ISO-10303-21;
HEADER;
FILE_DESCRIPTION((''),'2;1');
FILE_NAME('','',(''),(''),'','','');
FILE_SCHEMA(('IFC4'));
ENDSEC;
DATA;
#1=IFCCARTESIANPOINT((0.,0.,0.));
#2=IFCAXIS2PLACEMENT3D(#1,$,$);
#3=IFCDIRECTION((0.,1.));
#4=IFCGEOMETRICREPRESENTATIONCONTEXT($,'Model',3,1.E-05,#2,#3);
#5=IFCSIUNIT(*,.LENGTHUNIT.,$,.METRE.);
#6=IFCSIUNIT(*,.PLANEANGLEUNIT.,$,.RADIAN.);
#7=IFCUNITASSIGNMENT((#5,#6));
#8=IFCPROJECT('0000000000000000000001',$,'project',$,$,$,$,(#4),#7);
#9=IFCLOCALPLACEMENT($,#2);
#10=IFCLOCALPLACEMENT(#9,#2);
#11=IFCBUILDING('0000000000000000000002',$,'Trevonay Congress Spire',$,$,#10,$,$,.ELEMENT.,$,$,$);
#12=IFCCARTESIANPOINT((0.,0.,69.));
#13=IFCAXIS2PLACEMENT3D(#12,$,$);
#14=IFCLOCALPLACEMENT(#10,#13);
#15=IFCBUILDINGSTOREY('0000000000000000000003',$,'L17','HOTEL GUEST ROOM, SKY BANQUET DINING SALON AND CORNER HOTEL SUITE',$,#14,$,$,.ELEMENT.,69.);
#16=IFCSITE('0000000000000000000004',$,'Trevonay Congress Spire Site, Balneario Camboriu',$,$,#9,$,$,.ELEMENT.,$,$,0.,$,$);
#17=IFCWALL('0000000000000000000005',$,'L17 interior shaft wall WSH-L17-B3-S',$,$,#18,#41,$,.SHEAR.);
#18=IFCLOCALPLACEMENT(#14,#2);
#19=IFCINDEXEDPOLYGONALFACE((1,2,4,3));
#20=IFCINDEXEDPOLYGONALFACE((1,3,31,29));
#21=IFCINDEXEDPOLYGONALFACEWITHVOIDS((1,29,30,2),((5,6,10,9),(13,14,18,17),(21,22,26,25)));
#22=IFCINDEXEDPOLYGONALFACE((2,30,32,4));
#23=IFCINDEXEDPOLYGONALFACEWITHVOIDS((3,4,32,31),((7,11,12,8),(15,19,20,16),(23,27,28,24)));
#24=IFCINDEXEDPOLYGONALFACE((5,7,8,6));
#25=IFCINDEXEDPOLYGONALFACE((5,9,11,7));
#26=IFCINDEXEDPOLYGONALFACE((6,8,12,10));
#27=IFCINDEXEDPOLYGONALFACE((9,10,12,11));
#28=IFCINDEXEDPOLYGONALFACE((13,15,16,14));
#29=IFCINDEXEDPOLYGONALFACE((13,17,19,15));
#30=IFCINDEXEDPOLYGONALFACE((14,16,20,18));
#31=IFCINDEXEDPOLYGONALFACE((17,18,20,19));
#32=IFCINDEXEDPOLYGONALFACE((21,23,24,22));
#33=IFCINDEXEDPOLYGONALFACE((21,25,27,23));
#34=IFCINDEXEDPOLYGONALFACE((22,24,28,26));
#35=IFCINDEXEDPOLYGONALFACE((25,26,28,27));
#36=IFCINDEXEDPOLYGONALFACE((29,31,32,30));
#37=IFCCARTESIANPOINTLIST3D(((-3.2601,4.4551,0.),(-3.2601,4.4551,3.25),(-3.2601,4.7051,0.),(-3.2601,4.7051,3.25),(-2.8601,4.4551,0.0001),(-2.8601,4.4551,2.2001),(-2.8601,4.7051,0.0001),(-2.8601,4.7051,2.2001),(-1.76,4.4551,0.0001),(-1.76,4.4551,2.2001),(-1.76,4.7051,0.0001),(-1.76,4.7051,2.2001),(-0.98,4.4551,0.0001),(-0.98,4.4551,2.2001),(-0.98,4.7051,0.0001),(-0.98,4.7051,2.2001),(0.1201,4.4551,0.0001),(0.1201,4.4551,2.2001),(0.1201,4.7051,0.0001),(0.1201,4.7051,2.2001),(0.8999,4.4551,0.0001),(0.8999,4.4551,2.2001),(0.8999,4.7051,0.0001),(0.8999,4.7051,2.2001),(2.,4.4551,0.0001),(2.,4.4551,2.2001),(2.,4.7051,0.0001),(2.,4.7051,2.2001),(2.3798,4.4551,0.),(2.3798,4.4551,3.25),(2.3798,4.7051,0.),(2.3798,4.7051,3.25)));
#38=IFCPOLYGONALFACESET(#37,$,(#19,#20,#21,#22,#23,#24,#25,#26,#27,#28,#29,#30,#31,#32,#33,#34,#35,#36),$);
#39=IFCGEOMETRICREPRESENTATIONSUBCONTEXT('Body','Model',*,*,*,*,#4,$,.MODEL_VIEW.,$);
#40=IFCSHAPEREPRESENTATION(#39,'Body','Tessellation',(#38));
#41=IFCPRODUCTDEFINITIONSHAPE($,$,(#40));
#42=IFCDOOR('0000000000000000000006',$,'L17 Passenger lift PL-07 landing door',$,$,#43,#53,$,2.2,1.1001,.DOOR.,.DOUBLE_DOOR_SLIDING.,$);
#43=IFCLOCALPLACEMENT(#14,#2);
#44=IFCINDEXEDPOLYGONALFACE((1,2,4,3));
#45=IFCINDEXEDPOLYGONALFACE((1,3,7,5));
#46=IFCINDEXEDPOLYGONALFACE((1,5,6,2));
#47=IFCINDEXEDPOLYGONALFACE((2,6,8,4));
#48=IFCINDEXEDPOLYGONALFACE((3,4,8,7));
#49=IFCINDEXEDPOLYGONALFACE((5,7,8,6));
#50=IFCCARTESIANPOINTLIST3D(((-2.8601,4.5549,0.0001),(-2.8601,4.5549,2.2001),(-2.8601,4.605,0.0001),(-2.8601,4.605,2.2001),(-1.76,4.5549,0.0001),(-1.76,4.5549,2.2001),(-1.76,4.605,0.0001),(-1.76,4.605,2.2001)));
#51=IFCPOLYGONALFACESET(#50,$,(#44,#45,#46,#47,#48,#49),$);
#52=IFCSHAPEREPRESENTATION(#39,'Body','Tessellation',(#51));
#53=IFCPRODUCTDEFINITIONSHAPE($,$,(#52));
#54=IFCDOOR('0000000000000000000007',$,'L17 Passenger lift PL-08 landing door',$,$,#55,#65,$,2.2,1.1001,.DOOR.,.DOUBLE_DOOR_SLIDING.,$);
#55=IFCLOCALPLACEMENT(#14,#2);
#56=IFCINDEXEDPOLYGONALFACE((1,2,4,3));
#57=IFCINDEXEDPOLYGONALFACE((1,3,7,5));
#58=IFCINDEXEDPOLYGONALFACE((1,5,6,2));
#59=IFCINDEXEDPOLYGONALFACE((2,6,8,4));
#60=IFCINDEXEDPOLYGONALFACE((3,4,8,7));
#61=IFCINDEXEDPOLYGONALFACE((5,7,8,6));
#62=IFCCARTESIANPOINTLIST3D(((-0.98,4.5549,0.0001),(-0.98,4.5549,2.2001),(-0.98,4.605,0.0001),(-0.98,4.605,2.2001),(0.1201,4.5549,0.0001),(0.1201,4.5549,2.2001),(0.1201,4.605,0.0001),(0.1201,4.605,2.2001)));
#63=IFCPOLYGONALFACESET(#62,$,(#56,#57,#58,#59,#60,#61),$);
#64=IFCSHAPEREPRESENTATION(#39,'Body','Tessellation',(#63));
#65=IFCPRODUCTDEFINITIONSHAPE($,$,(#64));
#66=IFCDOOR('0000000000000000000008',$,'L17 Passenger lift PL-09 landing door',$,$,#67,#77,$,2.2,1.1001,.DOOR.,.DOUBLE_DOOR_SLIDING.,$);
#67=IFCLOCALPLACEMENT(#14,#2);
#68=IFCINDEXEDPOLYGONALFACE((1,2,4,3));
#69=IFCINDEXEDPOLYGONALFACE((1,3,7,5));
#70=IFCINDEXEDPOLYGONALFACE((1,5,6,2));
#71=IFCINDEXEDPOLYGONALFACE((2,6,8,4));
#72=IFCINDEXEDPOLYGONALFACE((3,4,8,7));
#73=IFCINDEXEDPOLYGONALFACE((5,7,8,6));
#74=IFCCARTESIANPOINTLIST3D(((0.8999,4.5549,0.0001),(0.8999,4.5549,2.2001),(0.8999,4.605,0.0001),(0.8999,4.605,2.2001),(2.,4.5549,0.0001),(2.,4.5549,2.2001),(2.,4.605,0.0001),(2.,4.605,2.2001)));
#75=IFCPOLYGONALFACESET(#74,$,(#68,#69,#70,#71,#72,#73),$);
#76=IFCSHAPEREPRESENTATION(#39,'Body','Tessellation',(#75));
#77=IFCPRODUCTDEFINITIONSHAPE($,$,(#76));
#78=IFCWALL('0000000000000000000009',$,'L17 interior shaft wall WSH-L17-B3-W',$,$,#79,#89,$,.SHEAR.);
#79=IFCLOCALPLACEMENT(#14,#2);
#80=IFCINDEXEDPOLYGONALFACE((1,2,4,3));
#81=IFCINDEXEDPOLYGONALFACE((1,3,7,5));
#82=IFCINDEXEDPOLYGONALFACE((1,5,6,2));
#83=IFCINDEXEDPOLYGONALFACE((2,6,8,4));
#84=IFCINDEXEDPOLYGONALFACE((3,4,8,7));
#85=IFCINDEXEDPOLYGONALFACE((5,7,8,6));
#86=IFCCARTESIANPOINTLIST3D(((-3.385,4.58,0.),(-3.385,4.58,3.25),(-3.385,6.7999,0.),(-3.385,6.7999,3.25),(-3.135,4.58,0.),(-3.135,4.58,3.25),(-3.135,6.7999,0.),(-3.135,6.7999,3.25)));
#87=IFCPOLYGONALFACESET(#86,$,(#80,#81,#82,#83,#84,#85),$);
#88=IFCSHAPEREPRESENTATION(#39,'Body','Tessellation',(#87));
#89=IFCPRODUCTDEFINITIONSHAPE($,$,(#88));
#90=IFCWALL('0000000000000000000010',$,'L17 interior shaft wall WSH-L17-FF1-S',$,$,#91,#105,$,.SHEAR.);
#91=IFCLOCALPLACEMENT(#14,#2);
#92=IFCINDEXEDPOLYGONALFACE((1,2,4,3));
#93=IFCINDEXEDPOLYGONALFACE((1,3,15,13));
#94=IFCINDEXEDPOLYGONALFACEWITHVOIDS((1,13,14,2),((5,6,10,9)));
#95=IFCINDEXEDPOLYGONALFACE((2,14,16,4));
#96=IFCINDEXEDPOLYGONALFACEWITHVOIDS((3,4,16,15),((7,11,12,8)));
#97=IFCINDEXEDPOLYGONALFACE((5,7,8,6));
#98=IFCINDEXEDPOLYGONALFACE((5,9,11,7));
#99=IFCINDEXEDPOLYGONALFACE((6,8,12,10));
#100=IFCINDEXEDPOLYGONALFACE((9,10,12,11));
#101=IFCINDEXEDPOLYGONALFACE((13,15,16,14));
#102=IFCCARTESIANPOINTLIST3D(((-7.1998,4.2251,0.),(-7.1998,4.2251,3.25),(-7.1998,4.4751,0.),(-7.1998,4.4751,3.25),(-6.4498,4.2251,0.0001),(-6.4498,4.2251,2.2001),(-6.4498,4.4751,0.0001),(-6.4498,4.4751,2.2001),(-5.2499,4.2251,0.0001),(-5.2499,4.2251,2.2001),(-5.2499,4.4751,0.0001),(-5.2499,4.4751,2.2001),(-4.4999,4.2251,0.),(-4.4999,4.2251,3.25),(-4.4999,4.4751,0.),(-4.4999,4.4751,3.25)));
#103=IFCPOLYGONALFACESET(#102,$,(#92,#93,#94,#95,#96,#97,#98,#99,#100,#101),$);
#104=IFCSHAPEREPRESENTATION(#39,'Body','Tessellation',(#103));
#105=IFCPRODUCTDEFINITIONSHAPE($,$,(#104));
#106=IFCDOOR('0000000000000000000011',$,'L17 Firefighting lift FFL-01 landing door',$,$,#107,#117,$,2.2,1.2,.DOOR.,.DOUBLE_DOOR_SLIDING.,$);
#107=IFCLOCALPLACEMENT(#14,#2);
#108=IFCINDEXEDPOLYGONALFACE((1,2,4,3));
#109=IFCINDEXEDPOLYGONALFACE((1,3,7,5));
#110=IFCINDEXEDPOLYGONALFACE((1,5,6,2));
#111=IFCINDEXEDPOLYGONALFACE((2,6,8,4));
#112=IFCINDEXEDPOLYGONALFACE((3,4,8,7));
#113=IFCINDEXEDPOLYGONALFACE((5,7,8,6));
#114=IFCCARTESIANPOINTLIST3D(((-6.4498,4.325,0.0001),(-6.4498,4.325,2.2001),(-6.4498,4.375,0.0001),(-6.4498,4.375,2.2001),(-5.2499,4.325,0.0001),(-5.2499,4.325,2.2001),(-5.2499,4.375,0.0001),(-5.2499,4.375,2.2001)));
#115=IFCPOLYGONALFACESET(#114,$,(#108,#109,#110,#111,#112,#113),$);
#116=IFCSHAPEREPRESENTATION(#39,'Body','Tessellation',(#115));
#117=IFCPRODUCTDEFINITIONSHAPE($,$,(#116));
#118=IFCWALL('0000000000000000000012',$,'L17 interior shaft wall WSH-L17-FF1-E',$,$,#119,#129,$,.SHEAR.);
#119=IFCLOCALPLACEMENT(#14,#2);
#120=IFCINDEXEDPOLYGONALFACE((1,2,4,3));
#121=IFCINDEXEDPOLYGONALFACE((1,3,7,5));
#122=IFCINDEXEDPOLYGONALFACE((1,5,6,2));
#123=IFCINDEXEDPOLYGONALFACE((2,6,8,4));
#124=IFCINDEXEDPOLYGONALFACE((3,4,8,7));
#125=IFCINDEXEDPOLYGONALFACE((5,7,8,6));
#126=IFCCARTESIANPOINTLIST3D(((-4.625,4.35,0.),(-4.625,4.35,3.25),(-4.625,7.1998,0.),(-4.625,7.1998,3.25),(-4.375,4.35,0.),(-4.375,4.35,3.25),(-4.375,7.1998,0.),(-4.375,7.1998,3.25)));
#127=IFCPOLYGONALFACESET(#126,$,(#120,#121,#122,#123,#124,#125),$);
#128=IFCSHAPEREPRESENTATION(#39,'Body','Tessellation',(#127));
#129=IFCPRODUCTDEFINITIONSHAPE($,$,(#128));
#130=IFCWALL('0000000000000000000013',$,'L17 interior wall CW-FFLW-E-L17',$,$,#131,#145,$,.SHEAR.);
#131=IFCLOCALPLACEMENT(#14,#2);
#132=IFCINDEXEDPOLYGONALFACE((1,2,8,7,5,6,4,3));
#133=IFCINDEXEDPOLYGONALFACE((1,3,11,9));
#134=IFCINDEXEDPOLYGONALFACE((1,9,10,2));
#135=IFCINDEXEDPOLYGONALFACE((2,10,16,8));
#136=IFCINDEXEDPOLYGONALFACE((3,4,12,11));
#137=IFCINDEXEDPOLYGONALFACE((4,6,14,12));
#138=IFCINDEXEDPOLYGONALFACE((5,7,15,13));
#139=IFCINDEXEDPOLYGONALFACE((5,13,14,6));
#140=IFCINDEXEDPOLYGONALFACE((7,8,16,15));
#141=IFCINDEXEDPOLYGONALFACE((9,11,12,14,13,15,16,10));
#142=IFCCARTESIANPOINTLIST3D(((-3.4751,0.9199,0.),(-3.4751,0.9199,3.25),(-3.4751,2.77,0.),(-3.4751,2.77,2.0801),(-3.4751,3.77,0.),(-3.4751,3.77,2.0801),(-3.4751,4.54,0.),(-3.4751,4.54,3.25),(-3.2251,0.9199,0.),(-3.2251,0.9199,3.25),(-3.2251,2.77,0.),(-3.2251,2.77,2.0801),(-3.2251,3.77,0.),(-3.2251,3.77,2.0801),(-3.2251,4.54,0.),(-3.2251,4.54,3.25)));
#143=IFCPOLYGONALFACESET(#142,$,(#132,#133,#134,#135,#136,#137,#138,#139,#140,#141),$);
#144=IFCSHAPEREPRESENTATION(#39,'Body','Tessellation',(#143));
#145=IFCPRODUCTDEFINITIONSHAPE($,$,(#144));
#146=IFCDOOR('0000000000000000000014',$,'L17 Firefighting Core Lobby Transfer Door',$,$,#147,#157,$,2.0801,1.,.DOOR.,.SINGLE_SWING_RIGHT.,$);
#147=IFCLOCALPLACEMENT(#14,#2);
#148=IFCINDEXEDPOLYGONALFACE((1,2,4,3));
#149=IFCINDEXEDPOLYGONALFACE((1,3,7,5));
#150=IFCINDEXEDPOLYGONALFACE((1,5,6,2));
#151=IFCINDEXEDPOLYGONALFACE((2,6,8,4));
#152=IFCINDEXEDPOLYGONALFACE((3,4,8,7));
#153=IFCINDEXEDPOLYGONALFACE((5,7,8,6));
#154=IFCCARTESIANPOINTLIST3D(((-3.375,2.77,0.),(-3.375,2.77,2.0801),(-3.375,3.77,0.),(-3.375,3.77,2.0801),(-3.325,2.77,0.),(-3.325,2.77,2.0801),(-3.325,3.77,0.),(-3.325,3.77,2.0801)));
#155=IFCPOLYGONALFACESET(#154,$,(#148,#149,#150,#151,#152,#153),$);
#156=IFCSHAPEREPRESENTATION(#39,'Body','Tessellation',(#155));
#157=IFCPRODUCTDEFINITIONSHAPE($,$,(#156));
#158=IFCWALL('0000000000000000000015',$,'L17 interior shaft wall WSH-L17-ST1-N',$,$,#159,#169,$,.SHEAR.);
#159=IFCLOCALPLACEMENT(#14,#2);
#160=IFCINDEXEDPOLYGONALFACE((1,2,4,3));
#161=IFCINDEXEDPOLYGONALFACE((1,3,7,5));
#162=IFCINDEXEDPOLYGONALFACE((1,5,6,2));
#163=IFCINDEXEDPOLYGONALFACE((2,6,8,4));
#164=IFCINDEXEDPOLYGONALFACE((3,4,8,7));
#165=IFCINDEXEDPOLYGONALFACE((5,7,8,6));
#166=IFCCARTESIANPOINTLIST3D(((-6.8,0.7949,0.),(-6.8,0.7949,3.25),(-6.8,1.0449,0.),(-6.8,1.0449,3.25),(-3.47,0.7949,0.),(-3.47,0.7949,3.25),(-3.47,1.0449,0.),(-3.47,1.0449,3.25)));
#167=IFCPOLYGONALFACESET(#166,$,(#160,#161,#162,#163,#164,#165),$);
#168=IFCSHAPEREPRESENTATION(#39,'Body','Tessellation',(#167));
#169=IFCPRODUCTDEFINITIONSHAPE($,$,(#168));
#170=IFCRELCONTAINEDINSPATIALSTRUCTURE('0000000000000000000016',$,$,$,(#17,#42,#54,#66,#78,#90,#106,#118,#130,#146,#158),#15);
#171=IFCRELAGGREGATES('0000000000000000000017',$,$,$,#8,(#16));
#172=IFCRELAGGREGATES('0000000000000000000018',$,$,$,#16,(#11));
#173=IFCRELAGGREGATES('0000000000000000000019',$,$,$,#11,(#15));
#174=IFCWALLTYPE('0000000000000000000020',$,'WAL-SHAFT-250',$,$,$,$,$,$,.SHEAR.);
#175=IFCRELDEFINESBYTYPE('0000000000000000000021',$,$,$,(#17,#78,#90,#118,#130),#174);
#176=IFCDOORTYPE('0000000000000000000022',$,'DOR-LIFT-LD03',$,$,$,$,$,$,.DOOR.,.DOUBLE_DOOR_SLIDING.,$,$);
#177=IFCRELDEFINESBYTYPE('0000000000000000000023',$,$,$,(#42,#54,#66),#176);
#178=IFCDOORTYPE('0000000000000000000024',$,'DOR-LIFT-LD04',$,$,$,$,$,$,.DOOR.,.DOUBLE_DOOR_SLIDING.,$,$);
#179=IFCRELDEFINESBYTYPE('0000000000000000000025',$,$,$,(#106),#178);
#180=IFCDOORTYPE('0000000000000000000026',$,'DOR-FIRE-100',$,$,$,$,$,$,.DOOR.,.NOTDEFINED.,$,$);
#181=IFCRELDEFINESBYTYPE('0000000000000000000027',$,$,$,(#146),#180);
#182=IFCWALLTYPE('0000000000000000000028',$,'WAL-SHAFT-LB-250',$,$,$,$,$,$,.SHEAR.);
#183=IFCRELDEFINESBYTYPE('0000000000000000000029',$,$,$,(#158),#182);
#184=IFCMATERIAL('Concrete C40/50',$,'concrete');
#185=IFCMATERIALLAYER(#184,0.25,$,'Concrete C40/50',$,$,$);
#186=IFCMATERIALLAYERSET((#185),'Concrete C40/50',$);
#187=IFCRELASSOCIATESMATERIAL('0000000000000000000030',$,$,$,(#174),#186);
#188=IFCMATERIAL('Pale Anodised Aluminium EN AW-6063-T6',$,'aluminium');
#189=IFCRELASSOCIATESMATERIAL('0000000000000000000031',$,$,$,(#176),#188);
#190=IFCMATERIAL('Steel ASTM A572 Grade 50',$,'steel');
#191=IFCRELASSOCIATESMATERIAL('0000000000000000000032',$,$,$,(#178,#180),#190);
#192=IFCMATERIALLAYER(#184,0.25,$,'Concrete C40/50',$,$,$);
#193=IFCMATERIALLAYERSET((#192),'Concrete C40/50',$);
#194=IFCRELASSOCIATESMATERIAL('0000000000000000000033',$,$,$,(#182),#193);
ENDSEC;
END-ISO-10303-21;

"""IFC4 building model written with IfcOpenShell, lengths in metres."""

from ifc_helpers import new_model, si_unit, direction, frame, frame_2d, origin, place, context, subcontext, project, spatial, rectangle, extrude, material, layer, layer_set, type_object, element, fill, save


model = new_model("IFC4")

# Units and contexts
model_context = context("Model", 3, precision=1e-05, world=origin(), true_north=direction((0.0, 1.0)))
body_context = subcontext(model_context, "Body", "Model", "MODEL_VIEW")
ifc_project = project(units=[si_unit("LENGTHUNIT", "METRE"), si_unit("PLANEANGLEUNIT", "RADIAN")], contexts=[model_context])

# Site, building, storey
site_placement = place(None, origin())
site = spatial("IfcSite", under=ifc_project, at=site_placement, Name="Trevonay Congress Spire Site, Balneario Camboriu", CompositionType="ELEMENT", RefElevation=0.0)
building_placement = place(site_placement, origin())
building = spatial("IfcBuilding", under=site, at=building_placement, Name="Trevonay Congress Spire", CompositionType="ELEMENT")
storey_placement = place(building_placement, frame((0.0, 0.0, 69.0)))
storey = spatial("IfcBuildingStorey", under=building, at=storey_placement, Name="L17", Description="HOTEL GUEST ROOM, SKY BANQUET DINING SALON AND CORNER HOTEL SUITE", CompositionType="ELEMENT", Elevation=69.0)

# Shared definitions
ifc_material_1 = material(Name="Steel ASTM A572 Grade 50", Category="steel")

# Shared definitions
ifc_material_2 = material(Name="Concrete C40/50", Category="concrete")

# Wall, openings, doors
ifc_layer_1 = layer(ifc_material_2, 0.25, Name="Concrete C40/50")
ifc_layer_set_1 = layer_set([ifc_layer_1], Name="Concrete C40/50")
wall_type_1 = type_object("IfcWallType", Name="WAL-SHAFT-250", PredefinedType="SHEAR", material=ifc_layer_set_1)
ifc_material_3 = material(Name="Pale Anodised Aluminium EN AW-6063-T6", Category="aluminium")
wall_1_placement = place(storey_placement, frame((-3.26, 4.5801, 0.0), z_axis=(0.0, 0.0, 1.0), x_axis=(1.0, 0.0, 0.0)))
wall_1 = element("IfcWall", 1, at=wall_1_placement, inside=storey, type_object=wall_type_1, Name="L17 interior shaft wall WSH-L17-B3-S", PredefinedType="SHEAR", context=body_context, shape_type="SweptSolid", body=[
    extrude(rectangle(XDim=5.6399, YDim=0.25, at=frame_2d((2.8198, 0.0))), origin(), (0.0, 0.0, 1.0), 3.25),
])
opening_1_placement = place(wall_1_placement, frame((0.3999, 0.0, 0.0)))
opening_1 = element("IfcOpeningElement", 2, at=opening_1_placement, cuts=wall_1, PredefinedType="OPENING", context=body_context, shape_type="SweptSolid", body=[
    extrude(rectangle(XDim=1.1001, YDim=2.2, at=frame_2d((0.55, 1.1001))), frame((0.0, 0.135, 0.0), z_axis=(0.0, -1.0, 0.0), x_axis=(1.0, 0.0, 0.0)), (0.0, 0.0, 1.0), 0.27),
])
opening_2_placement = place(wall_1_placement, frame((2.28, 0.0, 0.0)))
opening_2 = element("IfcOpeningElement", 3, at=opening_2_placement, cuts=wall_1, PredefinedType="OPENING", context=body_context, shape_type="SweptSolid", body=[
    extrude(rectangle(XDim=1.1001, YDim=2.2, at=frame_2d((0.55, 1.1001))), frame((0.0, 0.135, 0.0), z_axis=(0.0, -1.0, 0.0), x_axis=(1.0, 0.0, 0.0)), (0.0, 0.0, 1.0), 0.27),
])
opening_3_placement = place(wall_1_placement, frame((4.1599, 0.0, 0.0)))
opening_3 = element("IfcOpeningElement", 4, at=opening_3_placement, cuts=wall_1, PredefinedType="OPENING", context=body_context, shape_type="SweptSolid", body=[
    extrude(rectangle(XDim=1.1001, YDim=2.2, at=frame_2d((0.55, 1.1001))), frame((0.0, 0.135, 0.0), z_axis=(0.0, -1.0, 0.0), x_axis=(1.0, 0.0, 0.0)), (0.0, 0.0, 1.0), 0.27),
])
door_type_1 = type_object("IfcDoorType", Name="DOR-LIFT-LD03", OperationType="DOUBLE_DOOR_SLIDING", PredefinedType="DOOR", material=ifc_material_3)
door_1_placement = place(opening_1_placement, origin())
door_1 = element("IfcDoor", 5, at=door_1_placement, inside=storey, type_object=door_type_1, Name="L17 Passenger lift PL-07 landing door", OperationType="DOUBLE_DOOR_SLIDING", OverallHeight=2.2, OverallWidth=1.1001, PredefinedType="DOOR", context=body_context, shape_type="SweptSolid", body=[
    extrude(rectangle(XDim=1.1001, YDim=2.2, at=frame_2d((0.55, 1.1001))), frame((0.0, 0.0249, 0.0), z_axis=(0.0, -1.0, 0.0), x_axis=(1.0, 0.0, 0.0)), (0.0, 0.0, 1.0), 0.05),
])
fill(opening_1, door_1)
door_2_placement = place(opening_2_placement, origin())
door_2 = element("IfcDoor", 6, at=door_2_placement, inside=storey, type_object=door_type_1, Name="L17 Passenger lift PL-08 landing door", OperationType="DOUBLE_DOOR_SLIDING", OverallHeight=2.2, OverallWidth=1.1001, PredefinedType="DOOR", context=body_context, shape_type="SweptSolid", body=[
    extrude(rectangle(XDim=1.1001, YDim=2.2, at=frame_2d((0.55, 1.1001))), frame((0.0, 0.0249, 0.0), z_axis=(0.0, -1.0, 0.0), x_axis=(1.0, 0.0, 0.0)), (0.0, 0.0, 1.0), 0.05),
])
fill(opening_2, door_2)
door_3_placement = place(opening_3_placement, origin())
door_3 = element("IfcDoor", 7, at=door_3_placement, inside=storey, type_object=door_type_1, Name="L17 Passenger lift PL-09 landing door", OperationType="DOUBLE_DOOR_SLIDING", OverallHeight=2.2, OverallWidth=1.1001, PredefinedType="DOOR", context=body_context, shape_type="SweptSolid", body=[
    extrude(rectangle(XDim=1.1001, YDim=2.2, at=frame_2d((0.55, 1.1001))), frame((0.0, 0.0249, 0.0), z_axis=(0.0, -1.0, 0.0), x_axis=(1.0, 0.0, 0.0)), (0.0, 0.0, 1.0), 0.05),
])
fill(opening_3, door_3)

# Wall
wall_2_placement = place(storey_placement, frame((-3.26, 4.5801, 0.0), z_axis=(0.0, 0.0, 1.0), x_axis=(0.0, 1.0, 0.0)))
element("IfcWall", 8, at=wall_2_placement, inside=storey, type_object=wall_type_1, Name="L17 interior shaft wall WSH-L17-B3-W", PredefinedType="SHEAR", context=body_context, shape_type="SweptSolid", body=[
    extrude(rectangle(XDim=2.22, YDim=0.25, at=frame_2d((1.1099, 0.0))), origin(), (0.0, 0.0, 1.0), 3.25),
])

# Wall, opening, door
wall_3_placement = place(storey_placement, frame((-7.2, 4.3501, 0.0), z_axis=(0.0, 0.0, 1.0), x_axis=(1.0, 0.0, 0.0)))
wall_3 = element("IfcWall", 9, at=wall_3_placement, inside=storey, type_object=wall_type_1, Name="L17 interior shaft wall WSH-L17-FF1-S", PredefinedType="SHEAR", context=body_context, shape_type="SweptSolid", body=[
    extrude(rectangle(XDim=2.7, YDim=0.25, at=frame_2d((1.3501, 0.0))), origin(), (0.0, 0.0, 1.0), 3.25),
])
opening_4_placement = place(wall_3_placement, frame((0.75, 0.0, 0.0)))
opening_4 = element("IfcOpeningElement", 10, at=opening_4_placement, cuts=wall_3, PredefinedType="OPENING", context=body_context, shape_type="SweptSolid", body=[
    extrude(rectangle(XDim=1.2, YDim=2.2, at=frame_2d((0.6001, 1.1001))), frame((0.0, 0.135, 0.0), z_axis=(0.0, -1.0, 0.0), x_axis=(1.0, 0.0, 0.0)), (0.0, 0.0, 1.0), 0.27),
])
door_type_2 = type_object("IfcDoorType", Name="DOR-LIFT-LD04", OperationType="DOUBLE_DOOR_SLIDING", PredefinedType="DOOR", material=ifc_material_1)
door_4_placement = place(opening_4_placement, origin())
door_4 = element("IfcDoor", 11, at=door_4_placement, inside=storey, type_object=door_type_2, Name="L17 Firefighting lift FFL-01 landing door", OperationType="DOUBLE_DOOR_SLIDING", OverallHeight=2.2, OverallWidth=1.2, PredefinedType="DOOR", context=body_context, shape_type="SweptSolid", body=[
    extrude(rectangle(XDim=1.2, YDim=2.2, at=frame_2d((0.6001, 1.1001))), frame((0.0, 0.0249, 0.0), z_axis=(0.0, -1.0, 0.0), x_axis=(1.0, 0.0, 0.0)), (0.0, 0.0, 1.0), 0.05),
])
fill(opening_4, door_4)

# Wall
wall_4_placement = place(storey_placement, frame((-4.5, 4.3501, 0.0), z_axis=(0.0, 0.0, 1.0), x_axis=(0.0, 1.0, 0.0)))
element("IfcWall", 12, at=wall_4_placement, inside=storey, type_object=wall_type_1, Name="L17 interior shaft wall WSH-L17-FF1-E", PredefinedType="SHEAR", context=body_context, shape_type="SweptSolid", body=[
    extrude(rectangle(XDim=2.8499, YDim=0.25, at=frame_2d((1.4248, 0.0))), origin(), (0.0, 0.0, 1.0), 3.25),
])

# Wall, opening, door
wall_5_placement = place(storey_placement, frame((-3.3501, 0.9199, 0.0), z_axis=(0.0, 0.0, 1.0), x_axis=(0.0, 1.0, 0.0)))
wall_5 = element("IfcWall", 13, at=wall_5_placement, inside=storey, type_object=wall_type_1, Name="L17 interior wall CW-FFLW-E-L17", PredefinedType="SHEAR", context=body_context, shape_type="SweptSolid", body=[
    extrude(rectangle(XDim=3.6201, YDim=0.25, at=frame_2d((1.8101, 0.0))), origin(), (0.0, 0.0, 1.0), 3.25),
])
opening_5_placement = place(wall_5_placement, frame((1.8501, 0.0, 0.0)))
opening_5 = element("IfcOpeningElement", 14, at=opening_5_placement, cuts=wall_5, PredefinedType="OPENING", context=body_context, shape_type="SweptSolid", body=[
    extrude(rectangle(XDim=1.0, YDim=2.0801, at=frame_2d((0.5, 1.04))), frame((0.0, 0.135, 0.0), z_axis=(0.0, -1.0, 0.0), x_axis=(1.0, 0.0, 0.0)), (0.0, 0.0, 1.0), 0.27),
])
door_type_3 = type_object("IfcDoorType", Name="DOR-FIRE-100", OperationType="NOTDEFINED", PredefinedType="DOOR", material=ifc_material_1)
door_5_placement = place(opening_5_placement, origin())
door_5 = element("IfcDoor", 15, at=door_5_placement, inside=storey, type_object=door_type_3, Name="L17 Firefighting Core Lobby Transfer Door", OperationType="SINGLE_SWING_RIGHT", OverallHeight=2.0801, OverallWidth=1.0, PredefinedType="DOOR", context=body_context, shape_type="SweptSolid", body=[
    extrude(rectangle(XDim=1.0, YDim=2.0801, at=frame_2d((0.5, 1.04))), frame((0.0, 0.0249, 0.0), z_axis=(0.0, -1.0, 0.0), x_axis=(1.0, 0.0, 0.0)), (0.0, 0.0, 1.0), 0.05),
])
fill(opening_5, door_5)

# Wall
ifc_layer_2 = layer(ifc_material_2, 0.25, Name="Concrete C40/50")
ifc_layer_set_2 = layer_set([ifc_layer_2], Name="Concrete C40/50")
wall_type_2 = type_object("IfcWallType", Name="WAL-SHAFT-LB-250", PredefinedType="SHEAR", material=ifc_layer_set_2)
wall_6_placement = place(storey_placement, frame((-6.8, 0.9199, 0.0), z_axis=(0.0, 0.0, 1.0), x_axis=(1.0, 0.0, 0.0)))
element("IfcWall", 16, at=wall_6_placement, inside=storey, type_object=wall_type_2, Name="L17 interior shaft wall WSH-L17-ST1-N", PredefinedType="SHEAR", context=body_context, shape_type="SweptSolid", body=[
    extrude(rectangle(XDim=3.3301, YDim=0.25, at=frame_2d((1.665, 0.0))), origin(), (0.0, 0.0, 1.0), 3.25),
])

save(model, "model.ifc")
